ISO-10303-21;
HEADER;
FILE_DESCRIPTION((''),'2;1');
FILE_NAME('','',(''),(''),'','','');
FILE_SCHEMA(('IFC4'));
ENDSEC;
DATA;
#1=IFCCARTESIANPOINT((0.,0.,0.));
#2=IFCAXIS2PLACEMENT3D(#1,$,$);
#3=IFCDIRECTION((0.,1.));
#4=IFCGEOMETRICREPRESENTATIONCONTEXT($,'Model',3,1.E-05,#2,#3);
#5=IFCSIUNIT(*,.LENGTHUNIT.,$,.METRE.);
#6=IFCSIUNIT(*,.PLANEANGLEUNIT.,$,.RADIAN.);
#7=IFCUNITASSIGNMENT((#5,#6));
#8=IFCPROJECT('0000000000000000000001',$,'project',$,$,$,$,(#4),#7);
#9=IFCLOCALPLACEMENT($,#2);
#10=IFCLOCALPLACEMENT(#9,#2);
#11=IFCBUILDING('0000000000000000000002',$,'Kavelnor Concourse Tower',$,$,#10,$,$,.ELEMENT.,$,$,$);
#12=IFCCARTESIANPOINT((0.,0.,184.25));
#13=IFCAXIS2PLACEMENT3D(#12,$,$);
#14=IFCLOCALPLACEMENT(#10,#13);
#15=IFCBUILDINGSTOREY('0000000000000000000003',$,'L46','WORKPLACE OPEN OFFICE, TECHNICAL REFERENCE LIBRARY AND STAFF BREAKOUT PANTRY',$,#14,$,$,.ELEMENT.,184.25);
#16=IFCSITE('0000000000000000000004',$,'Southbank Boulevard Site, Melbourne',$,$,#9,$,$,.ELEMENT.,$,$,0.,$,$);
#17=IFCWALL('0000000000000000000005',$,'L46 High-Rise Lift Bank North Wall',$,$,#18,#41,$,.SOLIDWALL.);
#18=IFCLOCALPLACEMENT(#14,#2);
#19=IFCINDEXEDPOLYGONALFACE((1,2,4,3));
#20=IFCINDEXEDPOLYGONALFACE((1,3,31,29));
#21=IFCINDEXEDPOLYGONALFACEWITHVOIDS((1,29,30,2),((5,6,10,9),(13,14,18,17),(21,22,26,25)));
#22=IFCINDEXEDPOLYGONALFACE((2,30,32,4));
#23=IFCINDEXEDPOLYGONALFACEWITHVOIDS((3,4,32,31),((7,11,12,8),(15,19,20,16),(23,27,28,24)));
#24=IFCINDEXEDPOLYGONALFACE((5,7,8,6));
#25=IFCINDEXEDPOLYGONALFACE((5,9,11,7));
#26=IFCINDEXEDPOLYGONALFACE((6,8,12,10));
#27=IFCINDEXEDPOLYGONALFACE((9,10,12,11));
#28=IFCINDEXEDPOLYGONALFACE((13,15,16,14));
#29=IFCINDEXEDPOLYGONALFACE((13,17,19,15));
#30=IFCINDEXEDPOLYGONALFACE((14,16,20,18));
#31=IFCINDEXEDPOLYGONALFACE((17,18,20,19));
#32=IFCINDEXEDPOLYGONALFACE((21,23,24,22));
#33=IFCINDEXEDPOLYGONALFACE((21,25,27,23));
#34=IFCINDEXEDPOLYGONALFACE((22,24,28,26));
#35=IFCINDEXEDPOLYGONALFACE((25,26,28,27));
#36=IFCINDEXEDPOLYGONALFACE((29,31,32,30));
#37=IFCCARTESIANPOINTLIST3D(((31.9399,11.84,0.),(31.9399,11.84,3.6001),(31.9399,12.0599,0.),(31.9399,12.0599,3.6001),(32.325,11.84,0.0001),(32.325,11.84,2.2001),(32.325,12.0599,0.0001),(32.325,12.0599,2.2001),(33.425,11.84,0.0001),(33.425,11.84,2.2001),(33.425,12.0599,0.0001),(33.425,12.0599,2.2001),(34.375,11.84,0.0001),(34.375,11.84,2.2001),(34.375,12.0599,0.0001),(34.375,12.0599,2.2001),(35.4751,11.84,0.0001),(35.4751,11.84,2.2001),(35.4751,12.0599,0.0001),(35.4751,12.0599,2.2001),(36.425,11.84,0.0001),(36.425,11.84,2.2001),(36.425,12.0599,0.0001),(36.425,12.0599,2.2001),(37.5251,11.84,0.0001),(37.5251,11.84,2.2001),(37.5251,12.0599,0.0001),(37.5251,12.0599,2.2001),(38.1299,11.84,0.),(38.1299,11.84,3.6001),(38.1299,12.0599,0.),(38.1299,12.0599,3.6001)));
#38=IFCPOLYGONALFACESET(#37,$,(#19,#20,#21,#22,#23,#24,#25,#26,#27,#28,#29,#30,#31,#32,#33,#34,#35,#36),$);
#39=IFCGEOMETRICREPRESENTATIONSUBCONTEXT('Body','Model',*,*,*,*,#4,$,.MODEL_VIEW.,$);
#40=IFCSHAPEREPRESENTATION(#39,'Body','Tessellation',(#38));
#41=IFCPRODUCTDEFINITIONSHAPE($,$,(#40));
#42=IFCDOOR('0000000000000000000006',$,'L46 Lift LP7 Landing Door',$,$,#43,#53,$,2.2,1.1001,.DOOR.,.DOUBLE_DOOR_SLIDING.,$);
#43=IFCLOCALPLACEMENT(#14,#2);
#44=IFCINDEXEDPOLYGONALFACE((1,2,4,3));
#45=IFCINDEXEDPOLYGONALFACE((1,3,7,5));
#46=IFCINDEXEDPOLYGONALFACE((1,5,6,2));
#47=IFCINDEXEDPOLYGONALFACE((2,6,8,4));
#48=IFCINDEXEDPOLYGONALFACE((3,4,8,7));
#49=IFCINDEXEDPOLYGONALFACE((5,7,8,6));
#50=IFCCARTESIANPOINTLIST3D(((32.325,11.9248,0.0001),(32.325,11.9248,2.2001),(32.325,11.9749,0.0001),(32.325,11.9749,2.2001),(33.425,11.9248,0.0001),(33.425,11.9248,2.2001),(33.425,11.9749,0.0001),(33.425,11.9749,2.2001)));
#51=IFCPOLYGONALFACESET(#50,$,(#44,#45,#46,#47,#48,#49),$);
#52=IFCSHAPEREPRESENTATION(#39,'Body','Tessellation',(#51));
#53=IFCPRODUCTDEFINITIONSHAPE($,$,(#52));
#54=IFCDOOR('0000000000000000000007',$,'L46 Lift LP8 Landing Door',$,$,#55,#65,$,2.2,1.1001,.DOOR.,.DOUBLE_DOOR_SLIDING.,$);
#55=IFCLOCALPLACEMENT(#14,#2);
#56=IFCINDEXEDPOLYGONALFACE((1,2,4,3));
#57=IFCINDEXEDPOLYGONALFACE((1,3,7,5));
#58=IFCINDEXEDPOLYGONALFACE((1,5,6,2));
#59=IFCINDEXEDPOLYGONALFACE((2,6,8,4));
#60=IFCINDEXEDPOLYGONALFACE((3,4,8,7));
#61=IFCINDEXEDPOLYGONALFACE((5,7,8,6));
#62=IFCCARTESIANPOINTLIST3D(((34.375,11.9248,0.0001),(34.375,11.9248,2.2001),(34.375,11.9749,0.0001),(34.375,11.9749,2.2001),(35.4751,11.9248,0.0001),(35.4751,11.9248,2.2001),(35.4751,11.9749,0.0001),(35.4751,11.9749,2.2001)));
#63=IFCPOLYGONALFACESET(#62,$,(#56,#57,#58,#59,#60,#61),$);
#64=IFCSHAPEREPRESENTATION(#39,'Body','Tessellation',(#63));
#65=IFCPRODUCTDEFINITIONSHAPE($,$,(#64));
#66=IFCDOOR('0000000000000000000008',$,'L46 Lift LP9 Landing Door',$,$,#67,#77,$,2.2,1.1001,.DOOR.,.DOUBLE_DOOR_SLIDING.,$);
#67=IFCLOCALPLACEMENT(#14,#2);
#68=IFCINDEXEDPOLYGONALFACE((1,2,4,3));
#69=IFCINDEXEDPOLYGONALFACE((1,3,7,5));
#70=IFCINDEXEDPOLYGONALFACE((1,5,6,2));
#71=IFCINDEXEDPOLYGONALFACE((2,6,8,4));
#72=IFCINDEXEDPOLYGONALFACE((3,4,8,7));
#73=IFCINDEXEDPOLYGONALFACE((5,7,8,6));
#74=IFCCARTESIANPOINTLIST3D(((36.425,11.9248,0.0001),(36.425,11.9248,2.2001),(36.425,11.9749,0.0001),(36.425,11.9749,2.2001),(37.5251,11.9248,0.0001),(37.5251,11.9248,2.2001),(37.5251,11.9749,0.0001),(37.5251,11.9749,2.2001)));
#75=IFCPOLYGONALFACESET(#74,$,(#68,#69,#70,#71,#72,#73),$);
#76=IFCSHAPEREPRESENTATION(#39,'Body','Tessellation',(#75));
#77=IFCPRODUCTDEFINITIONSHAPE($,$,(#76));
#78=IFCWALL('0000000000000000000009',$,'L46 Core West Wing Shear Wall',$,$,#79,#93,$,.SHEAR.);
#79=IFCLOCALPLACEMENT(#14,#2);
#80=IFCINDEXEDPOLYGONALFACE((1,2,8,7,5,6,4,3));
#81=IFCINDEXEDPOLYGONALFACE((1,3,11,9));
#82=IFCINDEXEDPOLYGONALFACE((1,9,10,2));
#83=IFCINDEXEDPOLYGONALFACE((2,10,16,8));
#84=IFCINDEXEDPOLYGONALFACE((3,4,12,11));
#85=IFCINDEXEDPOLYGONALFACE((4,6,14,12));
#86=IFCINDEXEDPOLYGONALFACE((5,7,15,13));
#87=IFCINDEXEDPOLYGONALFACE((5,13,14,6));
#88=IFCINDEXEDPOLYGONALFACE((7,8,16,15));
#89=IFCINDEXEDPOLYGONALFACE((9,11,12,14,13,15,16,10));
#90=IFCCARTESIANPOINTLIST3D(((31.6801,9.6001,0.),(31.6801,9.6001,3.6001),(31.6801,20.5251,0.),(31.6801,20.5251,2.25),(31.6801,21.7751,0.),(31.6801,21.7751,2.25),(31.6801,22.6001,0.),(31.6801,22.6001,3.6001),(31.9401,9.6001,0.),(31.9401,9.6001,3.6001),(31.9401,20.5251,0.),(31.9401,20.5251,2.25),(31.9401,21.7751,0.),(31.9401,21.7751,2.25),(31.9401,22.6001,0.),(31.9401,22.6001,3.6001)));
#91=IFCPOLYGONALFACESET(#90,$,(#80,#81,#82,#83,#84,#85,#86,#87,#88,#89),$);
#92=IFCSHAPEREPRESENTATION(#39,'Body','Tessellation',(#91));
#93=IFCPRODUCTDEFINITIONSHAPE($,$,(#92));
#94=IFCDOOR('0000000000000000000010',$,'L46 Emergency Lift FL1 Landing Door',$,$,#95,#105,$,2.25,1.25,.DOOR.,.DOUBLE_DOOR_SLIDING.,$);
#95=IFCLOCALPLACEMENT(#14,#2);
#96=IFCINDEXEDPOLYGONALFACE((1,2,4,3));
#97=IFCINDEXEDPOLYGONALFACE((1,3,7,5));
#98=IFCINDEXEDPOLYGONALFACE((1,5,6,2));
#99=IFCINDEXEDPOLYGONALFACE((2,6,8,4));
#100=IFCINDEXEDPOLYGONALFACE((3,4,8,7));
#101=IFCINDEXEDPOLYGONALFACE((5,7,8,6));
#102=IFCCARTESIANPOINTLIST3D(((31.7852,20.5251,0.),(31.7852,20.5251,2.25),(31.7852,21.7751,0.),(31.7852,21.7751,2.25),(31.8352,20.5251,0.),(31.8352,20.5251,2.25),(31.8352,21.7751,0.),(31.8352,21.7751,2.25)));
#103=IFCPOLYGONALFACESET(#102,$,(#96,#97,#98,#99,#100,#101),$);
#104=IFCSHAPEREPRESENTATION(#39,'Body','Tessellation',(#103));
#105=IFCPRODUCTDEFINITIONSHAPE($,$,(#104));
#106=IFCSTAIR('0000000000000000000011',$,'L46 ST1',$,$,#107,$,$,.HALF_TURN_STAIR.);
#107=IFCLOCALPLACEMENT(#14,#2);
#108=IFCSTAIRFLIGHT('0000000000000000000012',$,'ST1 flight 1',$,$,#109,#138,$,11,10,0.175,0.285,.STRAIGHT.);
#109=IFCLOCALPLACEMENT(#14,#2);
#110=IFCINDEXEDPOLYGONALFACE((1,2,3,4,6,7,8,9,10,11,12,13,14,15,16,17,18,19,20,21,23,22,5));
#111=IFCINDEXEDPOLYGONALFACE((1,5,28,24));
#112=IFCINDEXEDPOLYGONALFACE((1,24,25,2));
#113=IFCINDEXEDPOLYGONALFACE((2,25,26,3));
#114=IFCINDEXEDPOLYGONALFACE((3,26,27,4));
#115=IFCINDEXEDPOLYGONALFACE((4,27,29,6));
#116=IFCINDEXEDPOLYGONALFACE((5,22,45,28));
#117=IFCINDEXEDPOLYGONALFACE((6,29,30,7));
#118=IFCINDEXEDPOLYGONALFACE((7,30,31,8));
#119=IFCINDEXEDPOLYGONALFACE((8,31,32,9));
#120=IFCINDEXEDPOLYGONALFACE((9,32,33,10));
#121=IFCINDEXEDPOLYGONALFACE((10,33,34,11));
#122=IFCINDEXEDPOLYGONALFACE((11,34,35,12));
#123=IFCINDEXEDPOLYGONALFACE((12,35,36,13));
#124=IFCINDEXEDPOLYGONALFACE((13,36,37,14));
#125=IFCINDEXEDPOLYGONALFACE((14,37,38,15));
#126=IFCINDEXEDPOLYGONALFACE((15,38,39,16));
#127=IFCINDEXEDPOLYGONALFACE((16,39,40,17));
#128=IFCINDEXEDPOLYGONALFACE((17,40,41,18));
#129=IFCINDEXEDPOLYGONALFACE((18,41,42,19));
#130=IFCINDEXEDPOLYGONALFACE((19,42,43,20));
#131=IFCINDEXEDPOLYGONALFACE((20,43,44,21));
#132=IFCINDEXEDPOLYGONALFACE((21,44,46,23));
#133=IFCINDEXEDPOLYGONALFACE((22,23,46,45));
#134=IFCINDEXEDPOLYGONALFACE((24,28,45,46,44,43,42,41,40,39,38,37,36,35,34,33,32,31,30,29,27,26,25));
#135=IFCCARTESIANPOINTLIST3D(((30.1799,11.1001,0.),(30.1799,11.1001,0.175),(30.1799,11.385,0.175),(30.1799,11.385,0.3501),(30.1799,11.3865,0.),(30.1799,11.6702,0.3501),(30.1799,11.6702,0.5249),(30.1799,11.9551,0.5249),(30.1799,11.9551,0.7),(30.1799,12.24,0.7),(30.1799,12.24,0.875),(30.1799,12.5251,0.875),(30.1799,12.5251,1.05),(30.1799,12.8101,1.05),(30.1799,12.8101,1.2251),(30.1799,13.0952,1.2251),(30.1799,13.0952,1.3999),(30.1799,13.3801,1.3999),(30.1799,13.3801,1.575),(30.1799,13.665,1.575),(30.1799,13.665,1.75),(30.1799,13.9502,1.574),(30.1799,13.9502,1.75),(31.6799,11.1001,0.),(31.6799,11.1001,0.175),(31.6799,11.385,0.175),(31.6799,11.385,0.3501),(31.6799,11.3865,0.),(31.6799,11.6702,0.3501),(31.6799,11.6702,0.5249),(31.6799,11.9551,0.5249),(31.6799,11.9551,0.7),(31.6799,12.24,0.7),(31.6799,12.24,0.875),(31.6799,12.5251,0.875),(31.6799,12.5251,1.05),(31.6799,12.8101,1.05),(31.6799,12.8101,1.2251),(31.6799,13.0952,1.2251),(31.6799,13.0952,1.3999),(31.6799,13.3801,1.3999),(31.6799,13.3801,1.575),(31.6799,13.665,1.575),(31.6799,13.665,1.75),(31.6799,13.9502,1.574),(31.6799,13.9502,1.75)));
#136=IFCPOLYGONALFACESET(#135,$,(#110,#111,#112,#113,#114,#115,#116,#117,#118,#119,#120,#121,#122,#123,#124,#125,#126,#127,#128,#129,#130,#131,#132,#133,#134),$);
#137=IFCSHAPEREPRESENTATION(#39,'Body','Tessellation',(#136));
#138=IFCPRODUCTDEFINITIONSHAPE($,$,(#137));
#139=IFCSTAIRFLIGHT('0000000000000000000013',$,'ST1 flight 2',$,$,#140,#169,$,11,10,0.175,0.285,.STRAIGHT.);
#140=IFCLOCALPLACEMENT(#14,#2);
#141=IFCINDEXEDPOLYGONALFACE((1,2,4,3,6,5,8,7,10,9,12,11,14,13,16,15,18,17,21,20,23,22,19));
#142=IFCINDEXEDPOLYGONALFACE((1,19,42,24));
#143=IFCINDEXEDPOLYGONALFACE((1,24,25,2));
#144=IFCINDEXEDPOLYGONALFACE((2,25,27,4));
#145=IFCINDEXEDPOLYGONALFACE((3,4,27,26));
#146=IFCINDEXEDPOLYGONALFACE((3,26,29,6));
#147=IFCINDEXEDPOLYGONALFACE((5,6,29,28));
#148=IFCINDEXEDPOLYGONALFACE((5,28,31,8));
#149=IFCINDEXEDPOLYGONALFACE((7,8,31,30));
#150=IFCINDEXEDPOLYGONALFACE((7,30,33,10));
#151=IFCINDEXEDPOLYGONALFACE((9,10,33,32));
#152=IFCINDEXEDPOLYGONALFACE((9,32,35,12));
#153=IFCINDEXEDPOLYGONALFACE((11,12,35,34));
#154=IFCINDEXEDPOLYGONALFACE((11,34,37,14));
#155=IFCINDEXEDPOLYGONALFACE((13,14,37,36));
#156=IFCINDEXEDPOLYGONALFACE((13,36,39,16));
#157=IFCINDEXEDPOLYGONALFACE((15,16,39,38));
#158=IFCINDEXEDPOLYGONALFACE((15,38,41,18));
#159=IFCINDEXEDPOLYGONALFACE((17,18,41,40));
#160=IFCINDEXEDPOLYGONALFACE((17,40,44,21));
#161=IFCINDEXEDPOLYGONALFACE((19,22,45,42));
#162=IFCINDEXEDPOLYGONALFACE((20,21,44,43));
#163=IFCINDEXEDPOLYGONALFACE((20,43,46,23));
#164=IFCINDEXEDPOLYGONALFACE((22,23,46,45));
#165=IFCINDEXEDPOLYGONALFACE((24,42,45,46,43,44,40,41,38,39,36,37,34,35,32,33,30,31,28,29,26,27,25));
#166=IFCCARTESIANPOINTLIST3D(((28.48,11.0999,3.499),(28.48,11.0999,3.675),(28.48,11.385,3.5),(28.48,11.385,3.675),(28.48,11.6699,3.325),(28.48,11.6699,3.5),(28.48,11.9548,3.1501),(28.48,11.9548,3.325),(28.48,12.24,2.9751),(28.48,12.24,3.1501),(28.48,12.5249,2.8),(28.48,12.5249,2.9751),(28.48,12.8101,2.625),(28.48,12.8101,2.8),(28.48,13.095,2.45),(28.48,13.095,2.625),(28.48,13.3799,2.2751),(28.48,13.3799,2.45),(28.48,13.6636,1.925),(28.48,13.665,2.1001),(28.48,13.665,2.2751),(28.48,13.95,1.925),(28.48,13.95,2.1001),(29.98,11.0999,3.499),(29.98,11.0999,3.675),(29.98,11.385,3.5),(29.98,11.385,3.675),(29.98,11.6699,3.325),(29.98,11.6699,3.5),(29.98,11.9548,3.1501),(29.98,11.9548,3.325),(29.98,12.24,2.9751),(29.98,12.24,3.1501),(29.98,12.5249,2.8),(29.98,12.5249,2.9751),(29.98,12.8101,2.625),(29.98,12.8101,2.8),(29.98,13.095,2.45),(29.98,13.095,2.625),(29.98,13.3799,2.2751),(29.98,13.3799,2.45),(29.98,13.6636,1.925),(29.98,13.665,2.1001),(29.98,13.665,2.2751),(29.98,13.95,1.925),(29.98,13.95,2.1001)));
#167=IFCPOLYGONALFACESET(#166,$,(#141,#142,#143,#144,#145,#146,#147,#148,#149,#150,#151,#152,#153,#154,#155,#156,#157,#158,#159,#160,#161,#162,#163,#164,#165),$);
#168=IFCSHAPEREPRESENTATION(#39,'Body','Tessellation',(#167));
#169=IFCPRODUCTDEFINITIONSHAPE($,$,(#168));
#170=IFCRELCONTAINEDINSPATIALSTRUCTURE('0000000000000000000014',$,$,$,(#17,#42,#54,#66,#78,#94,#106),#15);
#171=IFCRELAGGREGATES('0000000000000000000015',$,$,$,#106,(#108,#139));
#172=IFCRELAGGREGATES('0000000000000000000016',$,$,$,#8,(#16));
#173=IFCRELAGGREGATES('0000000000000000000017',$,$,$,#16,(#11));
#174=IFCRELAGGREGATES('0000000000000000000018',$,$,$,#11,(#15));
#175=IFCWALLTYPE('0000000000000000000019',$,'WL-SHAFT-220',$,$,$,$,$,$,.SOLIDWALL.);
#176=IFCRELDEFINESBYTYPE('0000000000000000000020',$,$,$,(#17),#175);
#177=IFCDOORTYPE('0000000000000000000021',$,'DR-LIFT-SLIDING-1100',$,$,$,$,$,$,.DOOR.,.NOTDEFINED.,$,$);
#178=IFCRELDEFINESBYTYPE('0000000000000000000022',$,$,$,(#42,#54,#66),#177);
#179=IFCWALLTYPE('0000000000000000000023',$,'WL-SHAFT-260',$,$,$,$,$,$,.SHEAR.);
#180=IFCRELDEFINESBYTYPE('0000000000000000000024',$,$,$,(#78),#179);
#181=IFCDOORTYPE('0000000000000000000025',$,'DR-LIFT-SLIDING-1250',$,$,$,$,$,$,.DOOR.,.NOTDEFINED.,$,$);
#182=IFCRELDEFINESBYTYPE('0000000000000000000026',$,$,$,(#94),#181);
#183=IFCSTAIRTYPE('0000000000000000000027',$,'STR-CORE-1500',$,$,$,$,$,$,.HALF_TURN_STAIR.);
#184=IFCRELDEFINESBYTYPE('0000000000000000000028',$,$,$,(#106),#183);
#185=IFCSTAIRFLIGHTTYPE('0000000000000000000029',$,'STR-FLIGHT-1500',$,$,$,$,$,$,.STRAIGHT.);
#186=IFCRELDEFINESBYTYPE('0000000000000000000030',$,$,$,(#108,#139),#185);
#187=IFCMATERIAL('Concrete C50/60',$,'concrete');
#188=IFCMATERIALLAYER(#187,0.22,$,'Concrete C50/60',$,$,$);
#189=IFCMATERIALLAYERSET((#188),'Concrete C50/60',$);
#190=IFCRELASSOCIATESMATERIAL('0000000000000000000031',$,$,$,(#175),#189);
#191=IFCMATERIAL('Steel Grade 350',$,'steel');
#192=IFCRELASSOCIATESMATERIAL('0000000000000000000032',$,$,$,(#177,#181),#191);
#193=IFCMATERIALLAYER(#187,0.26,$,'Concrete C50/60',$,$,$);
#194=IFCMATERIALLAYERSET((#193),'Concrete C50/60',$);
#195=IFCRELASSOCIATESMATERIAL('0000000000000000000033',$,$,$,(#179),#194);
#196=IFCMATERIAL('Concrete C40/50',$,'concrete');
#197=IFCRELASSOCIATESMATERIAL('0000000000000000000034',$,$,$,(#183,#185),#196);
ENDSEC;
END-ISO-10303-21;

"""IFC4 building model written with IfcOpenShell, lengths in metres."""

from ifc_helpers import new_model, si_unit, direction, frame, frame_2d, origin, place, context, subcontext, project, spatial, polyline, rectangle, outline, extrude, material, layer, layer_set, type_object, element, fill, aggregate, save


model = new_model("IFC4")

# Units and contexts
model_context = context("Model", 3, precision=1e-05, world=origin(), true_north=direction((0.0, 1.0)))
body_context = subcontext(model_context, "Body", "Model", "MODEL_VIEW")
ifc_project = project(units=[si_unit("LENGTHUNIT", "METRE"), si_unit("PLANEANGLEUNIT", "RADIAN")], contexts=[model_context])

# Site, building, storey
site_placement = place(None, origin())
site = spatial("IfcSite", under=ifc_project, at=site_placement, Name="Southbank Boulevard Site, Melbourne", CompositionType="ELEMENT", RefElevation=0.0)
building_placement = place(site_placement, origin())
building = spatial("IfcBuilding", under=site, at=building_placement, Name="Kavelnor Concourse Tower", CompositionType="ELEMENT")
storey_placement = place(building_placement, frame((0.0, 0.0, 184.25)))
storey = spatial("IfcBuildingStorey", under=building, at=storey_placement, Name="L46", Description="WORKPLACE OPEN OFFICE, TECHNICAL REFERENCE LIBRARY AND STAFF BREAKOUT PANTRY", CompositionType="ELEMENT", Elevation=184.25)

# Shared definitions
ifc_material_1 = material(Name="Steel Grade 350", Category="steel")

# Shared definitions
ifc_material_2 = material(Name="Concrete C50/60", Category="concrete")

# Shared definitions
ifc_layer_1 = layer(ifc_material_2, 0.22, Name="Concrete C50/60")
ifc_layer_set_1 = layer_set([ifc_layer_1], Name="Concrete C50/60")
wall_type_1 = type_object("IfcWallType", Name="WL-SHAFT-220", PredefinedType="SOLIDWALL", material=ifc_layer_set_1)

# Wall, openings, doors
wall_1_placement = place(storey_placement, frame((31.9399, 11.95, 0.0), z_axis=(0.0, 0.0, 1.0), x_axis=(1.0, 0.0, 0.0)))
wall_1 = element("IfcWall", 1, at=wall_1_placement, inside=storey, type_object=wall_type_1, Name="L46 High-Rise Lift Bank North Wall", PredefinedType="SOLIDWALL", context=body_context, shape_type="SweptSolid", body=[
    extrude(rectangle(XDim=6.1899, YDim=0.22, at=frame_2d((3.095, 0.0))), origin(), (0.0, 0.0, 1.0), 3.6001),
])
opening_1_placement = place(wall_1_placement, frame((0.385, 0.0, 0.0)))
opening_1 = element("IfcOpeningElement", 2, at=opening_1_placement, cuts=wall_1, PredefinedType="OPENING", context=body_context, shape_type="SweptSolid", body=[
    extrude(rectangle(XDim=1.1001, YDim=2.2, at=frame_2d((0.55, 1.1001))), frame((0.0, 0.1201, 0.0), z_axis=(0.0, -1.0, 0.0), x_axis=(1.0, 0.0, 0.0)), (0.0, 0.0, 1.0), 0.24),
])
opening_2_placement = place(wall_1_placement, frame((2.4351, 0.0, 0.0)))
opening_2 = element("IfcOpeningElement", 3, at=opening_2_placement, cuts=wall_1, PredefinedType="OPENING", context=body_context, shape_type="SweptSolid", body=[
    extrude(rectangle(XDim=1.1001, YDim=2.2, at=frame_2d((0.55, 1.1001))), frame((0.0, 0.1201, 0.0), z_axis=(0.0, -1.0, 0.0), x_axis=(1.0, 0.0, 0.0)), (0.0, 0.0, 1.0), 0.24),
])
opening_3_placement = place(wall_1_placement, frame((4.4851, 0.0, 0.0)))
opening_3 = element("IfcOpeningElement", 4, at=opening_3_placement, cuts=wall_1, PredefinedType="OPENING", context=body_context, shape_type="SweptSolid", body=[
    extrude(rectangle(XDim=1.1001, YDim=2.2, at=frame_2d((0.55, 1.1001))), frame((0.0, 0.1201, 0.0), z_axis=(0.0, -1.0, 0.0), x_axis=(1.0, 0.0, 0.0)), (0.0, 0.0, 1.0), 0.24),
])
door_type_1 = type_object("IfcDoorType", Name="DR-LIFT-SLIDING-1100", OperationType="NOTDEFINED", PredefinedType="DOOR", material=ifc_material_1)
door_1_placement = place(opening_1_placement, origin())
door_1 = element("IfcDoor", 5, at=door_1_placement, inside=storey, type_object=door_type_1, Name="L46 Lift LP7 Landing Door", OperationType="DOUBLE_DOOR_SLIDING", OverallHeight=2.2, OverallWidth=1.1001, PredefinedType="DOOR", context=body_context, shape_type="SweptSolid", body=[
    extrude(rectangle(XDim=1.1001, YDim=2.2, at=frame_2d((0.55, 1.1001))), frame((0.0, 0.0249, 0.0), z_axis=(0.0, -1.0, 0.0), x_axis=(1.0, 0.0, 0.0)), (0.0, 0.0, 1.0), 0.05),
])
fill(opening_1, door_1)
door_2_placement = place(opening_2_placement, origin())
door_2 = element("IfcDoor", 6, at=door_2_placement, inside=storey, type_object=door_type_1, Name="L46 Lift LP8 Landing Door", OperationType="DOUBLE_DOOR_SLIDING", OverallHeight=2.2, OverallWidth=1.1001, PredefinedType="DOOR", context=body_context, shape_type="SweptSolid", body=[
    extrude(rectangle(XDim=1.1001, YDim=2.2, at=frame_2d((0.55, 1.1001))), frame((0.0, 0.0249, 0.0), z_axis=(0.0, -1.0, 0.0), x_axis=(1.0, 0.0, 0.0)), (0.0, 0.0, 1.0), 0.05),
])
fill(opening_2, door_2)
door_3_placement = place(opening_3_placement, origin())
door_3 = element("IfcDoor", 7, at=door_3_placement, inside=storey, type_object=door_type_1, Name="L46 Lift LP9 Landing Door", OperationType="DOUBLE_DOOR_SLIDING", OverallHeight=2.2, OverallWidth=1.1001, PredefinedType="DOOR", context=body_context, shape_type="SweptSolid", body=[
    extrude(rectangle(XDim=1.1001, YDim=2.2, at=frame_2d((0.55, 1.1001))), frame((0.0, 0.0249, 0.0), z_axis=(0.0, -1.0, 0.0), x_axis=(1.0, 0.0, 0.0)), (0.0, 0.0, 1.0), 0.05),
])
fill(opening_3, door_3)

# Wall, opening, door
ifc_layer_2 = layer(ifc_material_2, 0.26, Name="Concrete C50/60")
ifc_layer_set_2 = layer_set([ifc_layer_2], Name="Concrete C50/60")
wall_type_2 = type_object("IfcWallType", Name="WL-SHAFT-260", PredefinedType="SHEAR", material=ifc_layer_set_2)
wall_2_placement = place(storey_placement, frame((31.8101, 9.6001, 0.0), z_axis=(0.0, 0.0, 1.0), x_axis=(0.0, 1.0, 0.0)))
wall_2 = element("IfcWall", 8, at=wall_2_placement, inside=storey, type_object=wall_type_2, Name="L46 Core West Wing Shear Wall", PredefinedType="SHEAR", context=body_context, shape_type="SweptSolid", body=[
    extrude(rectangle(XDim=13.0, YDim=0.26, at=frame_2d((6.5, 0.0))), origin(), (0.0, 0.0, 1.0), 3.6001),
])
opening_4_placement = place(wall_2_placement, frame((10.925, 0.0, 0.0)))
opening_4 = element("IfcOpeningElement", 9, at=opening_4_placement, cuts=wall_2, PredefinedType="OPENING", context=body_context, shape_type="SweptSolid", body=[
    extrude(rectangle(XDim=1.25, YDim=2.25, at=frame_2d((0.625, 1.125))), frame((0.0, 0.1401, 0.0), z_axis=(0.0, -1.0, 0.0), x_axis=(1.0, 0.0, 0.0)), (0.0, 0.0, 1.0), 0.28),
])
door_type_2 = type_object("IfcDoorType", Name="DR-LIFT-SLIDING-1250", OperationType="NOTDEFINED", PredefinedType="DOOR", material=ifc_material_1)
door_4_placement = place(opening_4_placement, origin())
door_4 = element("IfcDoor", 10, at=door_4_placement, inside=storey, type_object=door_type_2, Name="L46 Emergency Lift FL1 Landing Door", OperationType="DOUBLE_DOOR_SLIDING", OverallHeight=2.25, OverallWidth=1.25, PredefinedType="DOOR", context=body_context, shape_type="SweptSolid", body=[
    extrude(rectangle(XDim=1.25, YDim=2.25, at=frame_2d((0.625, 1.125))), frame((0.0, 0.0249, 0.0), z_axis=(0.0, -1.0, 0.0), x_axis=(1.0, 0.0, 0.0)), (0.0, 0.0, 1.0), 0.05),
])
fill(opening_4, door_4)

# Stair, stair flights
ifc_material_3 = material(Name="Concrete C40/50", Category="concrete")
stair_type = type_object("IfcStairType", Name="STR-CORE-1500", PredefinedType="HALF_TURN_STAIR", material=ifc_material_3)
stair_placement = place(storey_placement, origin())
stair = element("IfcStair", 11, at=stair_placement, inside=storey, type_object=stair_type, Name="L46 ST1", PredefinedType="HALF_TURN_STAIR")
stair_flight_type = type_object("IfcStairFlightType", Name="STR-FLIGHT-1500", PredefinedType="STRAIGHT", material=ifc_material_3)
stair_flight_1_placement = place(storey_placement, frame((30.9299, 11.1001, 0.0), z_axis=(0.0, 0.0, 1.0), x_axis=(0.0, 1.0, 0.0)))
stair_flight_1 = element("IfcStairFlight", 12, at=stair_flight_1_placement, type_object=stair_flight_type, Name="ST1 flight 1", NumberOfRisers=11, NumberOfTreads=10, PredefinedType="STRAIGHT", RiserHeight=0.175, TreadLength=0.285, context=body_context, shape_type="SweptSolid", body=[
    extrude(outline(polyline([(0.0, 0.0), (0.0, 0.175), (0.2849, 0.175), (0.2849, 0.3501), (0.5701, 0.3501), (0.5701, 0.5249), (0.855, 0.5249), (0.855, 0.7), (1.1399, 0.7), (1.1399, 0.875), (1.425, 0.875), (1.425, 1.05), (1.71, 1.05), (1.71, 1.2251), (1.9951, 1.2251), (1.9951, 1.3999), (2.28, 1.3999), (2.28, 1.575), (2.5649, 1.575), (2.5649, 1.75), (2.8501, 1.75), (2.8501, 1.925), (2.8501, 1.574), (0.2864, 0.0), (0.0, 0.0)])), frame((0.0, 0.75, 0.0), z_axis=(0.0, -1.0, 0.0), x_axis=(1.0, 0.0, 0.0)), (0.0, 0.0, 1.0), 1.5),
])
stair_flight_2_placement = place(storey_placement, frame((29.23, 13.95, 1.925), z_axis=(0.0, 0.0, 1.0), x_axis=(0.0, -1.0, 0.0)))
stair_flight_2 = element("IfcStairFlight", 13, at=stair_flight_2_placement, type_object=stair_flight_type, Name="ST1 flight 2", NumberOfRisers=11, NumberOfTreads=10, PredefinedType="STRAIGHT", RiserHeight=0.175, TreadLength=0.285, context=body_context, shape_type="SweptSolid", body=[
    extrude(outline(polyline([(0.0, 0.0), (0.0, 0.175), (0.2849, 0.175), (0.2849, 0.3501), (0.5701, 0.3501), (0.5701, 0.5249), (0.855, 0.5249), (0.855, 0.7), (1.1399, 0.7), (1.1399, 0.875), (1.425, 0.875), (1.425, 1.05), (1.71, 1.05), (1.71, 1.2251), (1.9951, 1.2251), (1.9951, 1.3999), (2.28, 1.3999), (2.28, 1.575), (2.5649, 1.575), (2.5649, 1.75), (2.8501, 1.75), (2.8501, 1.925), (2.8501, 1.574), (0.2864, 0.0), (0.0, 0.0)])), frame((0.0, 0.75, 0.0), z_axis=(0.0, -1.0, 0.0), x_axis=(1.0, 0.0, 0.0)), (0.0, 0.0, 1.0), 1.5),
])
aggregate(stair, [stair_flight_1, stair_flight_2])

save(model, "model.ifc")
